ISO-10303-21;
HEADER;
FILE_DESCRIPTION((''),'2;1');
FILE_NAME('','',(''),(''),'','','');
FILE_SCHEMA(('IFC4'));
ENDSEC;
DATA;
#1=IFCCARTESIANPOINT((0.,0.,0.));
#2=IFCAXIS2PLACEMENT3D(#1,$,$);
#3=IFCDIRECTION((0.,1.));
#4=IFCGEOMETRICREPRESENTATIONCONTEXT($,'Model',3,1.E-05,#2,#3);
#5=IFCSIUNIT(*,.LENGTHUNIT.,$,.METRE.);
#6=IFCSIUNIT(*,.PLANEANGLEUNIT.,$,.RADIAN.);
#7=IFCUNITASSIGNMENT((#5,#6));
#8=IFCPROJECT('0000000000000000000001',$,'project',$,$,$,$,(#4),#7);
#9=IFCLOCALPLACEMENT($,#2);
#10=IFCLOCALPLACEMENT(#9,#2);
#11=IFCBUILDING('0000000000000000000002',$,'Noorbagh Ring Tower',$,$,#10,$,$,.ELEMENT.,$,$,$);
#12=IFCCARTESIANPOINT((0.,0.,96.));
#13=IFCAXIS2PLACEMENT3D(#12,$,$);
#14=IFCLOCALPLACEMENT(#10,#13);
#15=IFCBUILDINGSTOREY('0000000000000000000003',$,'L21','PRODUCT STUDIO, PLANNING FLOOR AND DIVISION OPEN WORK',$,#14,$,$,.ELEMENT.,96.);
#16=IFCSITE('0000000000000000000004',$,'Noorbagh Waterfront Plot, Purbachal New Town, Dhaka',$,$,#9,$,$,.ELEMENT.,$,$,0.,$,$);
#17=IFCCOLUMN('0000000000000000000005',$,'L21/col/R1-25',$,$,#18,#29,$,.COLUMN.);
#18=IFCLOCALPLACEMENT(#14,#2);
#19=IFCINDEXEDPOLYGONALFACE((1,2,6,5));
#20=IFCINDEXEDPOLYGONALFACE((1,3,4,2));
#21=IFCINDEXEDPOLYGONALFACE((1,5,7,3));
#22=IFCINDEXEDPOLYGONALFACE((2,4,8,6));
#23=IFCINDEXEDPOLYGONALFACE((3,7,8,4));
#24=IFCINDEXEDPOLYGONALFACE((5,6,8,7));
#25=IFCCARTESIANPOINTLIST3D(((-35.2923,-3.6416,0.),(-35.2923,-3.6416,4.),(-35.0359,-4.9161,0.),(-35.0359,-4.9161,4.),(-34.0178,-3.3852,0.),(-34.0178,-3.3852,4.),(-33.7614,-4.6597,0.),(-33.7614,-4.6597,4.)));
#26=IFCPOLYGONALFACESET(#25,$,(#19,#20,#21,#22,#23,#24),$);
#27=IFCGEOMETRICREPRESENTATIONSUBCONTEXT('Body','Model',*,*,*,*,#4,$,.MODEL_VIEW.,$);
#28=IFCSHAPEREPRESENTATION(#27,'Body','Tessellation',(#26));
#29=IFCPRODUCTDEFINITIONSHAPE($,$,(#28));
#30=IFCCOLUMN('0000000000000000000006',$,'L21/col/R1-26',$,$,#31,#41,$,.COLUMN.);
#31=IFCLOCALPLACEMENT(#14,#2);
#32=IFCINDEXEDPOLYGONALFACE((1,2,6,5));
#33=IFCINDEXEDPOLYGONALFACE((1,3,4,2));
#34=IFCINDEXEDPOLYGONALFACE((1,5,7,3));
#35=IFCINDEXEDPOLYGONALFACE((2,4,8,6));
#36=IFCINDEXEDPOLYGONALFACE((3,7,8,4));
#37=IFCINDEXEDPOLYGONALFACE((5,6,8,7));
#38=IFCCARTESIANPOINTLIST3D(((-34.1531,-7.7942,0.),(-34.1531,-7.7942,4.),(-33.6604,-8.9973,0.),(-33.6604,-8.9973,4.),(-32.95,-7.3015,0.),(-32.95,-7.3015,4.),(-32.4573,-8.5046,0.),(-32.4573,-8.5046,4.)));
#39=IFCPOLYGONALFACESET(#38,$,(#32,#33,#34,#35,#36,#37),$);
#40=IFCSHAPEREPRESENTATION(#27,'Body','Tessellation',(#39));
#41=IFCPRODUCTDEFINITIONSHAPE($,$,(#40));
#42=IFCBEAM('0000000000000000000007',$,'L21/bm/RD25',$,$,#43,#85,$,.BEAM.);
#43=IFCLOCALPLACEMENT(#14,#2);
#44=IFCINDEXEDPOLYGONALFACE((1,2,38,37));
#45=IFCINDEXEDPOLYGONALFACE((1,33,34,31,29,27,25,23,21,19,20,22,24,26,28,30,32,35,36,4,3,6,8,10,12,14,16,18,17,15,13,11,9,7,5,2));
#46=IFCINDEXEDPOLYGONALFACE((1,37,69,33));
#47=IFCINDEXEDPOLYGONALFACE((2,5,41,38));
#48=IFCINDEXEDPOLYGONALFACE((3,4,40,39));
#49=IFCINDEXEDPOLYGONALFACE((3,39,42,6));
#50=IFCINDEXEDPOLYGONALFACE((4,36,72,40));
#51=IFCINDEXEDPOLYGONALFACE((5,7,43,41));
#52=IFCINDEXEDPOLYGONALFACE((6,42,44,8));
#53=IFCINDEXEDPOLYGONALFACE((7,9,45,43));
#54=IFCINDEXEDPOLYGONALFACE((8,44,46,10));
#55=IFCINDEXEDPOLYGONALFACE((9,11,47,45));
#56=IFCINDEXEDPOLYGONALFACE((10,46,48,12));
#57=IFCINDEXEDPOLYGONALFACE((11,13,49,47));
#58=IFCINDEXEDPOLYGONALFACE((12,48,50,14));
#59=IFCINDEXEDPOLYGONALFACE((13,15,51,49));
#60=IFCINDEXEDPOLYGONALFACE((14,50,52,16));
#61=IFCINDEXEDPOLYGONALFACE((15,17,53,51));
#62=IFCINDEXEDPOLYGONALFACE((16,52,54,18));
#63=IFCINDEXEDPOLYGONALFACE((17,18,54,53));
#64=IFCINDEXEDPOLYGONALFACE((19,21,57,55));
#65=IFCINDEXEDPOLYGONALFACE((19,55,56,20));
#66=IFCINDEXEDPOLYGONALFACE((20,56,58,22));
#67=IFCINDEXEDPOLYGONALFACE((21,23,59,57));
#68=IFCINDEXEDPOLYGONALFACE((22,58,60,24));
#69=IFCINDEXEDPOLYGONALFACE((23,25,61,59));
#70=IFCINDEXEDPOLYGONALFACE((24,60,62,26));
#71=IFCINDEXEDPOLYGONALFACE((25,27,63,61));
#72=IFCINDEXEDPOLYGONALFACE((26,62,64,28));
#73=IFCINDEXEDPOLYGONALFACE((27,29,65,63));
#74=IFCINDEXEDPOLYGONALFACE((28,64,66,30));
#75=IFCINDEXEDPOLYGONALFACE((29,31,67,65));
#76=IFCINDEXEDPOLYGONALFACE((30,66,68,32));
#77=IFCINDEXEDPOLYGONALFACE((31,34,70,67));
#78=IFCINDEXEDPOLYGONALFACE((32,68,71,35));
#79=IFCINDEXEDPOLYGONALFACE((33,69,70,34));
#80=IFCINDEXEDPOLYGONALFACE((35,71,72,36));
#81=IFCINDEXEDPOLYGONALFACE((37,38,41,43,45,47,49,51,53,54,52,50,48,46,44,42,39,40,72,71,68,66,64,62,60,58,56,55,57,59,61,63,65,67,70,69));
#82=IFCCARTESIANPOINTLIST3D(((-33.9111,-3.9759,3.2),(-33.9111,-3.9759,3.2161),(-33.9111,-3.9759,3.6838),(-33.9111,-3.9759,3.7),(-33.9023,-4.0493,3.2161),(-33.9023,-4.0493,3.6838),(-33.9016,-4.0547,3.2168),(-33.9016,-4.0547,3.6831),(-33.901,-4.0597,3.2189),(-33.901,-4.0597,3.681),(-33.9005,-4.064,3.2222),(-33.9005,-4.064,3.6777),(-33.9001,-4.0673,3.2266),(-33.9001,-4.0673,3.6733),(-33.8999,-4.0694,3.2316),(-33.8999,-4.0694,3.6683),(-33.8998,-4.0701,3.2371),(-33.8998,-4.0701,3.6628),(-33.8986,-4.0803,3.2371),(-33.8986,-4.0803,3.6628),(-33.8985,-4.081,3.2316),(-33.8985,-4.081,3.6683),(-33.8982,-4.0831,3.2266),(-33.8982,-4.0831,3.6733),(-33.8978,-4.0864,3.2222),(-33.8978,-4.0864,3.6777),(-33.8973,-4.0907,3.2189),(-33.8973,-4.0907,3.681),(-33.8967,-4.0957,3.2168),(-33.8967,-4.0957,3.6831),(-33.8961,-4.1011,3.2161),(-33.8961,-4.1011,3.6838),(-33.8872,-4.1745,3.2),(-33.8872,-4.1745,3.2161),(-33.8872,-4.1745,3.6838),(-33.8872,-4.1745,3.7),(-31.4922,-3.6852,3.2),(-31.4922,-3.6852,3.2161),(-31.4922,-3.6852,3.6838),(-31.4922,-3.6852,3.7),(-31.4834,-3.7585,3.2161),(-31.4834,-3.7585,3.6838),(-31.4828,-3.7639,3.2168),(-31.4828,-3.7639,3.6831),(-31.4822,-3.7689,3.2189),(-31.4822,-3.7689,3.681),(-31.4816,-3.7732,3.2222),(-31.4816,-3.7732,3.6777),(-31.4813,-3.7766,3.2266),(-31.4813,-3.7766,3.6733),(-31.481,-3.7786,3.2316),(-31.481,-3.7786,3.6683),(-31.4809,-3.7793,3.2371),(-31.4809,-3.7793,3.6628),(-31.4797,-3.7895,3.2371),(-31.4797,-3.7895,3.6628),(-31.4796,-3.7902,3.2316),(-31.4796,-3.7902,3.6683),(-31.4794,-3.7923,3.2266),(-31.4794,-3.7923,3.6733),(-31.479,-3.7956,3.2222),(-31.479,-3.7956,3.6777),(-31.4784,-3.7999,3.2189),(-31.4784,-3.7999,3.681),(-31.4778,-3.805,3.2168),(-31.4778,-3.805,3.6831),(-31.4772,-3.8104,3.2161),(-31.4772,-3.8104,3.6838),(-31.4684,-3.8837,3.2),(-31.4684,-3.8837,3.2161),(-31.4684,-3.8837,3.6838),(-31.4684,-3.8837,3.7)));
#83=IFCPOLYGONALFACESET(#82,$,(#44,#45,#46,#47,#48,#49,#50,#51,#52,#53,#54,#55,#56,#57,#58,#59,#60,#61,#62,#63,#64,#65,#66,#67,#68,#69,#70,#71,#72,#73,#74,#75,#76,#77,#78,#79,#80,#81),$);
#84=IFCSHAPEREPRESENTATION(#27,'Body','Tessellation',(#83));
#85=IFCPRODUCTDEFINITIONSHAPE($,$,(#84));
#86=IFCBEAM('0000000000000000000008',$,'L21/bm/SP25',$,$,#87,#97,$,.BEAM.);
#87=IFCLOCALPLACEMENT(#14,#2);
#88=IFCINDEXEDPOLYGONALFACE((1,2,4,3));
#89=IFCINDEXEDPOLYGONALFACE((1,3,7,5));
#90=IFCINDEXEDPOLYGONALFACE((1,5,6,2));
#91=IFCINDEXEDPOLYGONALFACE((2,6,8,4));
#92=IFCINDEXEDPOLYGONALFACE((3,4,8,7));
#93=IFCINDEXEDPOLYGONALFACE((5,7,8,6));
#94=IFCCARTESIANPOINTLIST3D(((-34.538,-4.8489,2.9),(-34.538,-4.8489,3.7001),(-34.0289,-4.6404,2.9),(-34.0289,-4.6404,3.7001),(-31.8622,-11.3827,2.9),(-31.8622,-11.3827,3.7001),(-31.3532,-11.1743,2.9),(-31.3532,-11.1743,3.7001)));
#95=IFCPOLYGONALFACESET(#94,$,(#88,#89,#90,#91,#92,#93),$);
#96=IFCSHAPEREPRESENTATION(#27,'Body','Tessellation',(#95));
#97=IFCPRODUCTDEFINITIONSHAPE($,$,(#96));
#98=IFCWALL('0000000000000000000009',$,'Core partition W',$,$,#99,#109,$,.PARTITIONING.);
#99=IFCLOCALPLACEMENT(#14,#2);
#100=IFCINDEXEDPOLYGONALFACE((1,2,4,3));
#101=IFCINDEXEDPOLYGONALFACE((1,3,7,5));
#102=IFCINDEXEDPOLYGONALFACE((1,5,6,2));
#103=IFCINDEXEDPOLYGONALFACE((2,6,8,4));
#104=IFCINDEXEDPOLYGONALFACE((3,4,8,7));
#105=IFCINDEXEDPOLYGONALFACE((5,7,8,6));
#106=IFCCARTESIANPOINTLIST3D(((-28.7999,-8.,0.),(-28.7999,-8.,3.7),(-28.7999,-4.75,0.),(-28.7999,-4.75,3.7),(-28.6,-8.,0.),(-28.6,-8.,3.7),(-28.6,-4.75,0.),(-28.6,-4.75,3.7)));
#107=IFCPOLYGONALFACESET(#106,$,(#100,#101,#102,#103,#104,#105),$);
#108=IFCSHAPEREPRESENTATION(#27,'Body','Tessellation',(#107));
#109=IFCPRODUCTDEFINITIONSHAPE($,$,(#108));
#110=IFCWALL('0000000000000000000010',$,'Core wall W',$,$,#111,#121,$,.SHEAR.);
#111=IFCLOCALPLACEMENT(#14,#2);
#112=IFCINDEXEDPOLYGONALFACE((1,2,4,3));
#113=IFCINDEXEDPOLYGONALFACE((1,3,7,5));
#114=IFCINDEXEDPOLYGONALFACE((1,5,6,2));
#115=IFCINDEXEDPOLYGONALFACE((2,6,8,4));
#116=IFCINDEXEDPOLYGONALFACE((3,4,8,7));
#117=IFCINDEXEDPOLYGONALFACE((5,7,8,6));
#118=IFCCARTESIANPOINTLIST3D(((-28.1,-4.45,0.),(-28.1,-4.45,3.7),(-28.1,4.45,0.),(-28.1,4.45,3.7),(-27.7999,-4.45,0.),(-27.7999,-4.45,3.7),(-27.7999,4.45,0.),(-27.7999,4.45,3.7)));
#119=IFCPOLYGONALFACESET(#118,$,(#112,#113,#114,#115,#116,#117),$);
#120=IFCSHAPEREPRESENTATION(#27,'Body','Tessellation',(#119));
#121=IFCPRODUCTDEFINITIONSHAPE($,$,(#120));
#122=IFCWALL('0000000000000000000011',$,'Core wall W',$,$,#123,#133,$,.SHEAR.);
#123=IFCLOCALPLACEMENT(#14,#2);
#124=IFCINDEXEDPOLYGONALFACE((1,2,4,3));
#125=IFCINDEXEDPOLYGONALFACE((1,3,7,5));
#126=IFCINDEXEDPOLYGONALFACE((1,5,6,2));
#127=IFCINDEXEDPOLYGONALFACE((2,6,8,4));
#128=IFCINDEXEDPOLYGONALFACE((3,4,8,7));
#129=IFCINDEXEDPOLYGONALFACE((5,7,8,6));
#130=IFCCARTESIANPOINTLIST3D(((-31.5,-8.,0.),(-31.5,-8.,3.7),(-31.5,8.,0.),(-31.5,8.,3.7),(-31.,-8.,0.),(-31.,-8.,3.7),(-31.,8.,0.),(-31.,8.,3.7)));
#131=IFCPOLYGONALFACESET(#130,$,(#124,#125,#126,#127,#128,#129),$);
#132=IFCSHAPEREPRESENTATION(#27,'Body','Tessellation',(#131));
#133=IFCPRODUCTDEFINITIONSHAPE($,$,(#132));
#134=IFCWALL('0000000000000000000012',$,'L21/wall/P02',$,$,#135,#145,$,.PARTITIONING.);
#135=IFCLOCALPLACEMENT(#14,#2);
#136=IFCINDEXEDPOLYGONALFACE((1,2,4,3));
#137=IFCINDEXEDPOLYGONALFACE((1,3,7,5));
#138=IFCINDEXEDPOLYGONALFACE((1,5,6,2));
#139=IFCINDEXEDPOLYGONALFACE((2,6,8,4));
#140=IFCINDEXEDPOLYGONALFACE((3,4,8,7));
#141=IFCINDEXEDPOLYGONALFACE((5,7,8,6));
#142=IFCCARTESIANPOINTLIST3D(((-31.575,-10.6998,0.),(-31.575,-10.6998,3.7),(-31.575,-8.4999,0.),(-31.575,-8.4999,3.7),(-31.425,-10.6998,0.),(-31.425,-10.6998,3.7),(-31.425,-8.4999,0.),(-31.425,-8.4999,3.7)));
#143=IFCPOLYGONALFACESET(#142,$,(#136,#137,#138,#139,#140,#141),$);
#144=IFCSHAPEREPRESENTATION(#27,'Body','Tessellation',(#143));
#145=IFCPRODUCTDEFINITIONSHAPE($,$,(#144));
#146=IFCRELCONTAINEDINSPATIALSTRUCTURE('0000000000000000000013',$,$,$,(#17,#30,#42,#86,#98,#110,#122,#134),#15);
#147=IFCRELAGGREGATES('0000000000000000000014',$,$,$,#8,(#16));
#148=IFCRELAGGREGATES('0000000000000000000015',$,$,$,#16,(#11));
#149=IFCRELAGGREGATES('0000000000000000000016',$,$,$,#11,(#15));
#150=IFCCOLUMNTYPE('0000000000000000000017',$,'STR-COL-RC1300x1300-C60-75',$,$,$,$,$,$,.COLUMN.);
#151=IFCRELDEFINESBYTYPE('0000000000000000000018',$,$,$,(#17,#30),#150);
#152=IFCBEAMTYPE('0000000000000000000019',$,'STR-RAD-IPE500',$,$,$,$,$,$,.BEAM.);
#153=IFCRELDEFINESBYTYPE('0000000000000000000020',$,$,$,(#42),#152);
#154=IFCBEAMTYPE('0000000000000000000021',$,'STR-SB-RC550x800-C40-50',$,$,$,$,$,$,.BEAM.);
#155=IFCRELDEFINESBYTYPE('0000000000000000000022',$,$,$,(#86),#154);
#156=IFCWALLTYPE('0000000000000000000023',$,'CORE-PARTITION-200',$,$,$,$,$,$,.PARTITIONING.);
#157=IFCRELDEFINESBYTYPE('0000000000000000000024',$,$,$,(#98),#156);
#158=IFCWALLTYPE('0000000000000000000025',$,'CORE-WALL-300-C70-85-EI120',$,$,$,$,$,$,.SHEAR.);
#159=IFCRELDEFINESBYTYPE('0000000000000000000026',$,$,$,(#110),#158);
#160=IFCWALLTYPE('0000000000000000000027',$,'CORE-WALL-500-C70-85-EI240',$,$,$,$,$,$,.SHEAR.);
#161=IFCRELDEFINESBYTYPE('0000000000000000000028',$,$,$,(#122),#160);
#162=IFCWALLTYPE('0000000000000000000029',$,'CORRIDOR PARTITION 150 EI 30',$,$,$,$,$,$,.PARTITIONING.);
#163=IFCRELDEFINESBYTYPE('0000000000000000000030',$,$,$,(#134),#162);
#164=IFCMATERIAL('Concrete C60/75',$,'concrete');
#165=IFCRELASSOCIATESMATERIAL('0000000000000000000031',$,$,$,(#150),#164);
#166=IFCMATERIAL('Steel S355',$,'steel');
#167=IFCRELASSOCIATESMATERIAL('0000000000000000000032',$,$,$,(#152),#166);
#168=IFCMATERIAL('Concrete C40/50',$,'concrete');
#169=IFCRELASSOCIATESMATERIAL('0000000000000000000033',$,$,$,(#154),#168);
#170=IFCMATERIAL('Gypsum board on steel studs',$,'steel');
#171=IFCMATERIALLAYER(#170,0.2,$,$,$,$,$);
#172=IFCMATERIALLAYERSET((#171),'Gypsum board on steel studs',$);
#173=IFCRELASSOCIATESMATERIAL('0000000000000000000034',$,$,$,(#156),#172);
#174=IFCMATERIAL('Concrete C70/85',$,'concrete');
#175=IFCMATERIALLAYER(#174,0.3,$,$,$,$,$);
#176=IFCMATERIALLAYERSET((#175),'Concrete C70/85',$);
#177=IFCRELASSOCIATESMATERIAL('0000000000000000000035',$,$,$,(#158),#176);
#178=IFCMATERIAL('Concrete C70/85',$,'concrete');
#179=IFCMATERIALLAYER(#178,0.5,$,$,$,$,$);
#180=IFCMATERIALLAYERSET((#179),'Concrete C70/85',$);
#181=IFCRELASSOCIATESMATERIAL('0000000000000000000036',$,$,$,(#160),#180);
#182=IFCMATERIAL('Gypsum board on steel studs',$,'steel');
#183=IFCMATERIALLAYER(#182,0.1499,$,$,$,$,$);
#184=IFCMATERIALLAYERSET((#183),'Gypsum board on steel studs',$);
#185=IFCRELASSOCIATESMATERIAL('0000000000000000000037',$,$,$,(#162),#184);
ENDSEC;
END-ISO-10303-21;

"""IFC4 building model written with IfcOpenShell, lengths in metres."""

from ifc_helpers import new_model, si_unit, direction, frame, frame_2d, origin, origin_2d, place, context, subcontext, project, spatial, rectangle, i_section, extrude, material, layer, layer_set, material_profile, profile_set, type_object, element, save


model = new_model("IFC4")

# Units and contexts
model_context = context("Model", 3, precision=1e-05, world=origin(), true_north=direction((0.0, 1.0)))
body_context = subcontext(model_context, "Body", "Model", "MODEL_VIEW")
ifc_project = project(units=[si_unit("LENGTHUNIT", "METRE"), si_unit("PLANEANGLEUNIT", "RADIAN")], contexts=[model_context])

# Site, building, storey
site_placement = place(None, origin())
site = spatial("IfcSite", under=ifc_project, at=site_placement, Name="Noorbagh Waterfront Plot, Purbachal New Town, Dhaka", CompositionType="ELEMENT", RefElevation=0.0)
building_placement = place(site_placement, origin())
building = spatial("IfcBuilding", under=site, at=building_placement, Name="Noorbagh Ring Tower", CompositionType="ELEMENT")
storey_placement = place(building_placement, frame((0.0, 0.0, 96.0)))
storey = spatial("IfcBuildingStorey", under=building, at=storey_placement, Name="L21", Description="PRODUCT STUDIO, PLANNING FLOOR AND DIVISION OPEN WORK", CompositionType="ELEMENT", Elevation=96.0)

# Columns
ifc_material_1 = material(Name="Concrete C60/75", Category="concrete")
ifc_material_profile_1 = material_profile(ifc_material_1, rectangle(XDim=1.3, YDim=1.3, at=origin_2d()), Name="RC1300x1300")
ifc_profile_set_1 = profile_set([ifc_material_profile_1], Name="Concrete C60/75")
column_type = type_object("IfcColumnType", Name="STR-COL-RC1300x1300-C60-75", PredefinedType="COLUMN", material=ifc_profile_set_1)
for number, where, z_axis, x_axis, name in (
    (1, (-34.5269, -4.1506, 0.0), (0.0, 0.0, 1.0), (0.19723, -0.980357, 0.0), "L21/col/R1-25"),
    (2, (-33.3052, -8.1494, 0.0), (0.0, 0.0, 1.0), (0.378989, -0.925401, 0.0), "L21/col/R1-26"),
):
    element("IfcColumn", number, at=place(storey_placement, frame(where, z_axis=z_axis, x_axis=x_axis)), inside=storey, type_object=column_type, Name=name, PredefinedType="COLUMN", context=body_context, shape_type="SweptSolid", body=[
        extrude(rectangle(XDim=1.3, YDim=1.3, at=origin_2d()), origin(), (0.0, 0.0, 1.0), 4.0),
    ])

# Beams
ifc_material_2 = material(Name="Steel S355", Category="steel")
ifc_material_profile_2 = material_profile(ifc_material_2, i_section(OverallWidth=0.2, OverallDepth=0.5, WebThickness=0.0103, FlangeThickness=0.0161, FilletRadius=0.021, at=origin_2d()), Name="IPE500")
ifc_profile_set_2 = profile_set([ifc_material_profile_2], Name="Steel S355")
beam_type_1 = type_object("IfcBeamType", Name="STR-RAD-IPE500", PredefinedType="BEAM", material=ifc_profile_set_2)
beam_1_placement = place(storey_placement, frame((-33.8992, -4.0752, 3.45), z_axis=(0.992853, 0.119347, 0.0), x_axis=(-0.119347, 0.992853, 0.0)))
element("IfcBeam", 3, at=beam_1_placement, inside=storey, type_object=beam_type_1, Name="L21/bm/RD25", PredefinedType="BEAM", context=body_context, shape_type="SweptSolid", body=[
    extrude(i_section(OverallWidth=0.2, OverallDepth=0.5, WebThickness=0.0103, FlangeThickness=0.0161, FilletRadius=0.021, at=origin_2d()), origin(), (0.0, 0.0, 1.0), 2.4363),
])
ifc_material_3 = material(Name="Concrete C40/50", Category="concrete")
ifc_material_profile_3 = material_profile(ifc_material_3, rectangle(XDim=0.55, YDim=0.8, at=origin_2d()), Name="RC550x800")
ifc_profile_set_3 = profile_set([ifc_material_profile_3], Name="Concrete C40/50")
beam_type_2 = type_object("IfcBeamType", Name="STR-SB-RC550x800-C40-50", PredefinedType="BEAM", material=ifc_profile_set_3)
beam_2_placement = place(storey_placement, frame((-34.2834, -4.7446, 3.3), z_axis=(0.378973, -0.925408, 0.0), x_axis=(0.925408, 0.378973, 0.0)))
element("IfcBeam", 4, at=beam_2_placement, inside=storey, type_object=beam_type_2, Name="L21/bm/SP25", PredefinedType="BEAM", context=body_context, shape_type="SweptSolid", body=[
    extrude(rectangle(XDim=0.55, YDim=0.8, at=origin_2d()), origin(), (0.0, 0.0, 1.0), 7.0605),
])

# Walls
ifc_material_4 = material(Name="Gypsum board on steel studs", Category="steel")
ifc_layer_1 = layer(ifc_material_4, 0.2)
ifc_layer_set_1 = layer_set([ifc_layer_1], Name="Gypsum board on steel studs")
wall_type_1 = type_object("IfcWallType", Name="CORE-PARTITION-200", PredefinedType="PARTITIONING", material=ifc_layer_set_1)
wall_1_placement = place(storey_placement, frame((-28.7, -8.0, 0.0), z_axis=(0.0, 0.0, 1.0), x_axis=(0.0, 1.0, 0.0)))
element("IfcWall", 5, at=wall_1_placement, inside=storey, type_object=wall_type_1, Name="Core partition W", PredefinedType="PARTITIONING", context=body_context, shape_type="SweptSolid", body=[
    extrude(rectangle(XDim=3.25, YDim=0.2, at=frame_2d((1.625, 0.0))), origin(), (0.0, 0.0, 1.0), 3.7),
])
ifc_material_5 = material(Name="Concrete C70/85", Category="concrete")
ifc_layer_2 = layer(ifc_material_5, 0.3)
ifc_layer_set_2 = layer_set([ifc_layer_2], Name="Concrete C70/85")
wall_type_2 = type_object("IfcWallType", Name="CORE-WALL-300-C70-85-EI120", PredefinedType="SHEAR", material=ifc_layer_set_2)
wall_2_placement = place(storey_placement, frame((-27.95, -4.45, 0.0), z_axis=(0.0, 0.0, 1.0), x_axis=(0.0, 1.0, 0.0)))
element("IfcWall", 6, at=wall_2_placement, inside=storey, type_object=wall_type_2, Name="Core wall W", PredefinedType="SHEAR", context=body_context, shape_type="SweptSolid", body=[
    extrude(rectangle(XDim=8.8999, YDim=0.3, at=frame_2d((4.45, 0.0))), origin(), (0.0, 0.0, 1.0), 3.7),
])
ifc_material_6 = material(Name="Concrete C70/85", Category="concrete")
ifc_layer_3 = layer(ifc_material_6, 0.5)
ifc_layer_set_3 = layer_set([ifc_layer_3], Name="Concrete C70/85")
wall_type_3 = type_object("IfcWallType", Name="CORE-WALL-500-C70-85-EI240", PredefinedType="SHEAR", material=ifc_layer_set_3)
wall_3_placement = place(storey_placement, frame((-31.25, -8.0, 0.0), z_axis=(0.0, 0.0, 1.0), x_axis=(0.0, 1.0, 0.0)))
element("IfcWall", 7, at=wall_3_placement, inside=storey, type_object=wall_type_3, Name="Core wall W", PredefinedType="SHEAR", context=body_context, shape_type="SweptSolid", body=[
    extrude(rectangle(XDim=16.0, YDim=0.5, at=frame_2d((8.0, 0.0))), origin(), (0.0, 0.0, 1.0), 3.7),
])
ifc_material_7 = material(Name="Gypsum board on steel studs", Category="steel")
ifc_layer_4 = layer(ifc_material_7, 0.1499)
ifc_layer_set_4 = layer_set([ifc_layer_4], Name="Gypsum board on steel studs")
wall_type_4 = type_object("IfcWallType", Name="CORRIDOR PARTITION 150 EI 30", PredefinedType="PARTITIONING", material=ifc_layer_set_4)
wall_4_placement = place(storey_placement, frame((-31.5, -10.7, 0.0), z_axis=(0.0, 0.0, 1.0), x_axis=(0.0, 1.0, 0.0)))
element("IfcWall", 8, at=wall_4_placement, inside=storey, type_object=wall_type_4, Name="L21/wall/P02", PredefinedType="PARTITIONING", context=body_context, shape_type="SweptSolid", body=[
    extrude(rectangle(XDim=2.2, YDim=0.1499, at=frame_2d((1.1001, 0.0))), origin(), (0.0, 0.0, 1.0), 3.7),
])

save(model, "model.ifc")
